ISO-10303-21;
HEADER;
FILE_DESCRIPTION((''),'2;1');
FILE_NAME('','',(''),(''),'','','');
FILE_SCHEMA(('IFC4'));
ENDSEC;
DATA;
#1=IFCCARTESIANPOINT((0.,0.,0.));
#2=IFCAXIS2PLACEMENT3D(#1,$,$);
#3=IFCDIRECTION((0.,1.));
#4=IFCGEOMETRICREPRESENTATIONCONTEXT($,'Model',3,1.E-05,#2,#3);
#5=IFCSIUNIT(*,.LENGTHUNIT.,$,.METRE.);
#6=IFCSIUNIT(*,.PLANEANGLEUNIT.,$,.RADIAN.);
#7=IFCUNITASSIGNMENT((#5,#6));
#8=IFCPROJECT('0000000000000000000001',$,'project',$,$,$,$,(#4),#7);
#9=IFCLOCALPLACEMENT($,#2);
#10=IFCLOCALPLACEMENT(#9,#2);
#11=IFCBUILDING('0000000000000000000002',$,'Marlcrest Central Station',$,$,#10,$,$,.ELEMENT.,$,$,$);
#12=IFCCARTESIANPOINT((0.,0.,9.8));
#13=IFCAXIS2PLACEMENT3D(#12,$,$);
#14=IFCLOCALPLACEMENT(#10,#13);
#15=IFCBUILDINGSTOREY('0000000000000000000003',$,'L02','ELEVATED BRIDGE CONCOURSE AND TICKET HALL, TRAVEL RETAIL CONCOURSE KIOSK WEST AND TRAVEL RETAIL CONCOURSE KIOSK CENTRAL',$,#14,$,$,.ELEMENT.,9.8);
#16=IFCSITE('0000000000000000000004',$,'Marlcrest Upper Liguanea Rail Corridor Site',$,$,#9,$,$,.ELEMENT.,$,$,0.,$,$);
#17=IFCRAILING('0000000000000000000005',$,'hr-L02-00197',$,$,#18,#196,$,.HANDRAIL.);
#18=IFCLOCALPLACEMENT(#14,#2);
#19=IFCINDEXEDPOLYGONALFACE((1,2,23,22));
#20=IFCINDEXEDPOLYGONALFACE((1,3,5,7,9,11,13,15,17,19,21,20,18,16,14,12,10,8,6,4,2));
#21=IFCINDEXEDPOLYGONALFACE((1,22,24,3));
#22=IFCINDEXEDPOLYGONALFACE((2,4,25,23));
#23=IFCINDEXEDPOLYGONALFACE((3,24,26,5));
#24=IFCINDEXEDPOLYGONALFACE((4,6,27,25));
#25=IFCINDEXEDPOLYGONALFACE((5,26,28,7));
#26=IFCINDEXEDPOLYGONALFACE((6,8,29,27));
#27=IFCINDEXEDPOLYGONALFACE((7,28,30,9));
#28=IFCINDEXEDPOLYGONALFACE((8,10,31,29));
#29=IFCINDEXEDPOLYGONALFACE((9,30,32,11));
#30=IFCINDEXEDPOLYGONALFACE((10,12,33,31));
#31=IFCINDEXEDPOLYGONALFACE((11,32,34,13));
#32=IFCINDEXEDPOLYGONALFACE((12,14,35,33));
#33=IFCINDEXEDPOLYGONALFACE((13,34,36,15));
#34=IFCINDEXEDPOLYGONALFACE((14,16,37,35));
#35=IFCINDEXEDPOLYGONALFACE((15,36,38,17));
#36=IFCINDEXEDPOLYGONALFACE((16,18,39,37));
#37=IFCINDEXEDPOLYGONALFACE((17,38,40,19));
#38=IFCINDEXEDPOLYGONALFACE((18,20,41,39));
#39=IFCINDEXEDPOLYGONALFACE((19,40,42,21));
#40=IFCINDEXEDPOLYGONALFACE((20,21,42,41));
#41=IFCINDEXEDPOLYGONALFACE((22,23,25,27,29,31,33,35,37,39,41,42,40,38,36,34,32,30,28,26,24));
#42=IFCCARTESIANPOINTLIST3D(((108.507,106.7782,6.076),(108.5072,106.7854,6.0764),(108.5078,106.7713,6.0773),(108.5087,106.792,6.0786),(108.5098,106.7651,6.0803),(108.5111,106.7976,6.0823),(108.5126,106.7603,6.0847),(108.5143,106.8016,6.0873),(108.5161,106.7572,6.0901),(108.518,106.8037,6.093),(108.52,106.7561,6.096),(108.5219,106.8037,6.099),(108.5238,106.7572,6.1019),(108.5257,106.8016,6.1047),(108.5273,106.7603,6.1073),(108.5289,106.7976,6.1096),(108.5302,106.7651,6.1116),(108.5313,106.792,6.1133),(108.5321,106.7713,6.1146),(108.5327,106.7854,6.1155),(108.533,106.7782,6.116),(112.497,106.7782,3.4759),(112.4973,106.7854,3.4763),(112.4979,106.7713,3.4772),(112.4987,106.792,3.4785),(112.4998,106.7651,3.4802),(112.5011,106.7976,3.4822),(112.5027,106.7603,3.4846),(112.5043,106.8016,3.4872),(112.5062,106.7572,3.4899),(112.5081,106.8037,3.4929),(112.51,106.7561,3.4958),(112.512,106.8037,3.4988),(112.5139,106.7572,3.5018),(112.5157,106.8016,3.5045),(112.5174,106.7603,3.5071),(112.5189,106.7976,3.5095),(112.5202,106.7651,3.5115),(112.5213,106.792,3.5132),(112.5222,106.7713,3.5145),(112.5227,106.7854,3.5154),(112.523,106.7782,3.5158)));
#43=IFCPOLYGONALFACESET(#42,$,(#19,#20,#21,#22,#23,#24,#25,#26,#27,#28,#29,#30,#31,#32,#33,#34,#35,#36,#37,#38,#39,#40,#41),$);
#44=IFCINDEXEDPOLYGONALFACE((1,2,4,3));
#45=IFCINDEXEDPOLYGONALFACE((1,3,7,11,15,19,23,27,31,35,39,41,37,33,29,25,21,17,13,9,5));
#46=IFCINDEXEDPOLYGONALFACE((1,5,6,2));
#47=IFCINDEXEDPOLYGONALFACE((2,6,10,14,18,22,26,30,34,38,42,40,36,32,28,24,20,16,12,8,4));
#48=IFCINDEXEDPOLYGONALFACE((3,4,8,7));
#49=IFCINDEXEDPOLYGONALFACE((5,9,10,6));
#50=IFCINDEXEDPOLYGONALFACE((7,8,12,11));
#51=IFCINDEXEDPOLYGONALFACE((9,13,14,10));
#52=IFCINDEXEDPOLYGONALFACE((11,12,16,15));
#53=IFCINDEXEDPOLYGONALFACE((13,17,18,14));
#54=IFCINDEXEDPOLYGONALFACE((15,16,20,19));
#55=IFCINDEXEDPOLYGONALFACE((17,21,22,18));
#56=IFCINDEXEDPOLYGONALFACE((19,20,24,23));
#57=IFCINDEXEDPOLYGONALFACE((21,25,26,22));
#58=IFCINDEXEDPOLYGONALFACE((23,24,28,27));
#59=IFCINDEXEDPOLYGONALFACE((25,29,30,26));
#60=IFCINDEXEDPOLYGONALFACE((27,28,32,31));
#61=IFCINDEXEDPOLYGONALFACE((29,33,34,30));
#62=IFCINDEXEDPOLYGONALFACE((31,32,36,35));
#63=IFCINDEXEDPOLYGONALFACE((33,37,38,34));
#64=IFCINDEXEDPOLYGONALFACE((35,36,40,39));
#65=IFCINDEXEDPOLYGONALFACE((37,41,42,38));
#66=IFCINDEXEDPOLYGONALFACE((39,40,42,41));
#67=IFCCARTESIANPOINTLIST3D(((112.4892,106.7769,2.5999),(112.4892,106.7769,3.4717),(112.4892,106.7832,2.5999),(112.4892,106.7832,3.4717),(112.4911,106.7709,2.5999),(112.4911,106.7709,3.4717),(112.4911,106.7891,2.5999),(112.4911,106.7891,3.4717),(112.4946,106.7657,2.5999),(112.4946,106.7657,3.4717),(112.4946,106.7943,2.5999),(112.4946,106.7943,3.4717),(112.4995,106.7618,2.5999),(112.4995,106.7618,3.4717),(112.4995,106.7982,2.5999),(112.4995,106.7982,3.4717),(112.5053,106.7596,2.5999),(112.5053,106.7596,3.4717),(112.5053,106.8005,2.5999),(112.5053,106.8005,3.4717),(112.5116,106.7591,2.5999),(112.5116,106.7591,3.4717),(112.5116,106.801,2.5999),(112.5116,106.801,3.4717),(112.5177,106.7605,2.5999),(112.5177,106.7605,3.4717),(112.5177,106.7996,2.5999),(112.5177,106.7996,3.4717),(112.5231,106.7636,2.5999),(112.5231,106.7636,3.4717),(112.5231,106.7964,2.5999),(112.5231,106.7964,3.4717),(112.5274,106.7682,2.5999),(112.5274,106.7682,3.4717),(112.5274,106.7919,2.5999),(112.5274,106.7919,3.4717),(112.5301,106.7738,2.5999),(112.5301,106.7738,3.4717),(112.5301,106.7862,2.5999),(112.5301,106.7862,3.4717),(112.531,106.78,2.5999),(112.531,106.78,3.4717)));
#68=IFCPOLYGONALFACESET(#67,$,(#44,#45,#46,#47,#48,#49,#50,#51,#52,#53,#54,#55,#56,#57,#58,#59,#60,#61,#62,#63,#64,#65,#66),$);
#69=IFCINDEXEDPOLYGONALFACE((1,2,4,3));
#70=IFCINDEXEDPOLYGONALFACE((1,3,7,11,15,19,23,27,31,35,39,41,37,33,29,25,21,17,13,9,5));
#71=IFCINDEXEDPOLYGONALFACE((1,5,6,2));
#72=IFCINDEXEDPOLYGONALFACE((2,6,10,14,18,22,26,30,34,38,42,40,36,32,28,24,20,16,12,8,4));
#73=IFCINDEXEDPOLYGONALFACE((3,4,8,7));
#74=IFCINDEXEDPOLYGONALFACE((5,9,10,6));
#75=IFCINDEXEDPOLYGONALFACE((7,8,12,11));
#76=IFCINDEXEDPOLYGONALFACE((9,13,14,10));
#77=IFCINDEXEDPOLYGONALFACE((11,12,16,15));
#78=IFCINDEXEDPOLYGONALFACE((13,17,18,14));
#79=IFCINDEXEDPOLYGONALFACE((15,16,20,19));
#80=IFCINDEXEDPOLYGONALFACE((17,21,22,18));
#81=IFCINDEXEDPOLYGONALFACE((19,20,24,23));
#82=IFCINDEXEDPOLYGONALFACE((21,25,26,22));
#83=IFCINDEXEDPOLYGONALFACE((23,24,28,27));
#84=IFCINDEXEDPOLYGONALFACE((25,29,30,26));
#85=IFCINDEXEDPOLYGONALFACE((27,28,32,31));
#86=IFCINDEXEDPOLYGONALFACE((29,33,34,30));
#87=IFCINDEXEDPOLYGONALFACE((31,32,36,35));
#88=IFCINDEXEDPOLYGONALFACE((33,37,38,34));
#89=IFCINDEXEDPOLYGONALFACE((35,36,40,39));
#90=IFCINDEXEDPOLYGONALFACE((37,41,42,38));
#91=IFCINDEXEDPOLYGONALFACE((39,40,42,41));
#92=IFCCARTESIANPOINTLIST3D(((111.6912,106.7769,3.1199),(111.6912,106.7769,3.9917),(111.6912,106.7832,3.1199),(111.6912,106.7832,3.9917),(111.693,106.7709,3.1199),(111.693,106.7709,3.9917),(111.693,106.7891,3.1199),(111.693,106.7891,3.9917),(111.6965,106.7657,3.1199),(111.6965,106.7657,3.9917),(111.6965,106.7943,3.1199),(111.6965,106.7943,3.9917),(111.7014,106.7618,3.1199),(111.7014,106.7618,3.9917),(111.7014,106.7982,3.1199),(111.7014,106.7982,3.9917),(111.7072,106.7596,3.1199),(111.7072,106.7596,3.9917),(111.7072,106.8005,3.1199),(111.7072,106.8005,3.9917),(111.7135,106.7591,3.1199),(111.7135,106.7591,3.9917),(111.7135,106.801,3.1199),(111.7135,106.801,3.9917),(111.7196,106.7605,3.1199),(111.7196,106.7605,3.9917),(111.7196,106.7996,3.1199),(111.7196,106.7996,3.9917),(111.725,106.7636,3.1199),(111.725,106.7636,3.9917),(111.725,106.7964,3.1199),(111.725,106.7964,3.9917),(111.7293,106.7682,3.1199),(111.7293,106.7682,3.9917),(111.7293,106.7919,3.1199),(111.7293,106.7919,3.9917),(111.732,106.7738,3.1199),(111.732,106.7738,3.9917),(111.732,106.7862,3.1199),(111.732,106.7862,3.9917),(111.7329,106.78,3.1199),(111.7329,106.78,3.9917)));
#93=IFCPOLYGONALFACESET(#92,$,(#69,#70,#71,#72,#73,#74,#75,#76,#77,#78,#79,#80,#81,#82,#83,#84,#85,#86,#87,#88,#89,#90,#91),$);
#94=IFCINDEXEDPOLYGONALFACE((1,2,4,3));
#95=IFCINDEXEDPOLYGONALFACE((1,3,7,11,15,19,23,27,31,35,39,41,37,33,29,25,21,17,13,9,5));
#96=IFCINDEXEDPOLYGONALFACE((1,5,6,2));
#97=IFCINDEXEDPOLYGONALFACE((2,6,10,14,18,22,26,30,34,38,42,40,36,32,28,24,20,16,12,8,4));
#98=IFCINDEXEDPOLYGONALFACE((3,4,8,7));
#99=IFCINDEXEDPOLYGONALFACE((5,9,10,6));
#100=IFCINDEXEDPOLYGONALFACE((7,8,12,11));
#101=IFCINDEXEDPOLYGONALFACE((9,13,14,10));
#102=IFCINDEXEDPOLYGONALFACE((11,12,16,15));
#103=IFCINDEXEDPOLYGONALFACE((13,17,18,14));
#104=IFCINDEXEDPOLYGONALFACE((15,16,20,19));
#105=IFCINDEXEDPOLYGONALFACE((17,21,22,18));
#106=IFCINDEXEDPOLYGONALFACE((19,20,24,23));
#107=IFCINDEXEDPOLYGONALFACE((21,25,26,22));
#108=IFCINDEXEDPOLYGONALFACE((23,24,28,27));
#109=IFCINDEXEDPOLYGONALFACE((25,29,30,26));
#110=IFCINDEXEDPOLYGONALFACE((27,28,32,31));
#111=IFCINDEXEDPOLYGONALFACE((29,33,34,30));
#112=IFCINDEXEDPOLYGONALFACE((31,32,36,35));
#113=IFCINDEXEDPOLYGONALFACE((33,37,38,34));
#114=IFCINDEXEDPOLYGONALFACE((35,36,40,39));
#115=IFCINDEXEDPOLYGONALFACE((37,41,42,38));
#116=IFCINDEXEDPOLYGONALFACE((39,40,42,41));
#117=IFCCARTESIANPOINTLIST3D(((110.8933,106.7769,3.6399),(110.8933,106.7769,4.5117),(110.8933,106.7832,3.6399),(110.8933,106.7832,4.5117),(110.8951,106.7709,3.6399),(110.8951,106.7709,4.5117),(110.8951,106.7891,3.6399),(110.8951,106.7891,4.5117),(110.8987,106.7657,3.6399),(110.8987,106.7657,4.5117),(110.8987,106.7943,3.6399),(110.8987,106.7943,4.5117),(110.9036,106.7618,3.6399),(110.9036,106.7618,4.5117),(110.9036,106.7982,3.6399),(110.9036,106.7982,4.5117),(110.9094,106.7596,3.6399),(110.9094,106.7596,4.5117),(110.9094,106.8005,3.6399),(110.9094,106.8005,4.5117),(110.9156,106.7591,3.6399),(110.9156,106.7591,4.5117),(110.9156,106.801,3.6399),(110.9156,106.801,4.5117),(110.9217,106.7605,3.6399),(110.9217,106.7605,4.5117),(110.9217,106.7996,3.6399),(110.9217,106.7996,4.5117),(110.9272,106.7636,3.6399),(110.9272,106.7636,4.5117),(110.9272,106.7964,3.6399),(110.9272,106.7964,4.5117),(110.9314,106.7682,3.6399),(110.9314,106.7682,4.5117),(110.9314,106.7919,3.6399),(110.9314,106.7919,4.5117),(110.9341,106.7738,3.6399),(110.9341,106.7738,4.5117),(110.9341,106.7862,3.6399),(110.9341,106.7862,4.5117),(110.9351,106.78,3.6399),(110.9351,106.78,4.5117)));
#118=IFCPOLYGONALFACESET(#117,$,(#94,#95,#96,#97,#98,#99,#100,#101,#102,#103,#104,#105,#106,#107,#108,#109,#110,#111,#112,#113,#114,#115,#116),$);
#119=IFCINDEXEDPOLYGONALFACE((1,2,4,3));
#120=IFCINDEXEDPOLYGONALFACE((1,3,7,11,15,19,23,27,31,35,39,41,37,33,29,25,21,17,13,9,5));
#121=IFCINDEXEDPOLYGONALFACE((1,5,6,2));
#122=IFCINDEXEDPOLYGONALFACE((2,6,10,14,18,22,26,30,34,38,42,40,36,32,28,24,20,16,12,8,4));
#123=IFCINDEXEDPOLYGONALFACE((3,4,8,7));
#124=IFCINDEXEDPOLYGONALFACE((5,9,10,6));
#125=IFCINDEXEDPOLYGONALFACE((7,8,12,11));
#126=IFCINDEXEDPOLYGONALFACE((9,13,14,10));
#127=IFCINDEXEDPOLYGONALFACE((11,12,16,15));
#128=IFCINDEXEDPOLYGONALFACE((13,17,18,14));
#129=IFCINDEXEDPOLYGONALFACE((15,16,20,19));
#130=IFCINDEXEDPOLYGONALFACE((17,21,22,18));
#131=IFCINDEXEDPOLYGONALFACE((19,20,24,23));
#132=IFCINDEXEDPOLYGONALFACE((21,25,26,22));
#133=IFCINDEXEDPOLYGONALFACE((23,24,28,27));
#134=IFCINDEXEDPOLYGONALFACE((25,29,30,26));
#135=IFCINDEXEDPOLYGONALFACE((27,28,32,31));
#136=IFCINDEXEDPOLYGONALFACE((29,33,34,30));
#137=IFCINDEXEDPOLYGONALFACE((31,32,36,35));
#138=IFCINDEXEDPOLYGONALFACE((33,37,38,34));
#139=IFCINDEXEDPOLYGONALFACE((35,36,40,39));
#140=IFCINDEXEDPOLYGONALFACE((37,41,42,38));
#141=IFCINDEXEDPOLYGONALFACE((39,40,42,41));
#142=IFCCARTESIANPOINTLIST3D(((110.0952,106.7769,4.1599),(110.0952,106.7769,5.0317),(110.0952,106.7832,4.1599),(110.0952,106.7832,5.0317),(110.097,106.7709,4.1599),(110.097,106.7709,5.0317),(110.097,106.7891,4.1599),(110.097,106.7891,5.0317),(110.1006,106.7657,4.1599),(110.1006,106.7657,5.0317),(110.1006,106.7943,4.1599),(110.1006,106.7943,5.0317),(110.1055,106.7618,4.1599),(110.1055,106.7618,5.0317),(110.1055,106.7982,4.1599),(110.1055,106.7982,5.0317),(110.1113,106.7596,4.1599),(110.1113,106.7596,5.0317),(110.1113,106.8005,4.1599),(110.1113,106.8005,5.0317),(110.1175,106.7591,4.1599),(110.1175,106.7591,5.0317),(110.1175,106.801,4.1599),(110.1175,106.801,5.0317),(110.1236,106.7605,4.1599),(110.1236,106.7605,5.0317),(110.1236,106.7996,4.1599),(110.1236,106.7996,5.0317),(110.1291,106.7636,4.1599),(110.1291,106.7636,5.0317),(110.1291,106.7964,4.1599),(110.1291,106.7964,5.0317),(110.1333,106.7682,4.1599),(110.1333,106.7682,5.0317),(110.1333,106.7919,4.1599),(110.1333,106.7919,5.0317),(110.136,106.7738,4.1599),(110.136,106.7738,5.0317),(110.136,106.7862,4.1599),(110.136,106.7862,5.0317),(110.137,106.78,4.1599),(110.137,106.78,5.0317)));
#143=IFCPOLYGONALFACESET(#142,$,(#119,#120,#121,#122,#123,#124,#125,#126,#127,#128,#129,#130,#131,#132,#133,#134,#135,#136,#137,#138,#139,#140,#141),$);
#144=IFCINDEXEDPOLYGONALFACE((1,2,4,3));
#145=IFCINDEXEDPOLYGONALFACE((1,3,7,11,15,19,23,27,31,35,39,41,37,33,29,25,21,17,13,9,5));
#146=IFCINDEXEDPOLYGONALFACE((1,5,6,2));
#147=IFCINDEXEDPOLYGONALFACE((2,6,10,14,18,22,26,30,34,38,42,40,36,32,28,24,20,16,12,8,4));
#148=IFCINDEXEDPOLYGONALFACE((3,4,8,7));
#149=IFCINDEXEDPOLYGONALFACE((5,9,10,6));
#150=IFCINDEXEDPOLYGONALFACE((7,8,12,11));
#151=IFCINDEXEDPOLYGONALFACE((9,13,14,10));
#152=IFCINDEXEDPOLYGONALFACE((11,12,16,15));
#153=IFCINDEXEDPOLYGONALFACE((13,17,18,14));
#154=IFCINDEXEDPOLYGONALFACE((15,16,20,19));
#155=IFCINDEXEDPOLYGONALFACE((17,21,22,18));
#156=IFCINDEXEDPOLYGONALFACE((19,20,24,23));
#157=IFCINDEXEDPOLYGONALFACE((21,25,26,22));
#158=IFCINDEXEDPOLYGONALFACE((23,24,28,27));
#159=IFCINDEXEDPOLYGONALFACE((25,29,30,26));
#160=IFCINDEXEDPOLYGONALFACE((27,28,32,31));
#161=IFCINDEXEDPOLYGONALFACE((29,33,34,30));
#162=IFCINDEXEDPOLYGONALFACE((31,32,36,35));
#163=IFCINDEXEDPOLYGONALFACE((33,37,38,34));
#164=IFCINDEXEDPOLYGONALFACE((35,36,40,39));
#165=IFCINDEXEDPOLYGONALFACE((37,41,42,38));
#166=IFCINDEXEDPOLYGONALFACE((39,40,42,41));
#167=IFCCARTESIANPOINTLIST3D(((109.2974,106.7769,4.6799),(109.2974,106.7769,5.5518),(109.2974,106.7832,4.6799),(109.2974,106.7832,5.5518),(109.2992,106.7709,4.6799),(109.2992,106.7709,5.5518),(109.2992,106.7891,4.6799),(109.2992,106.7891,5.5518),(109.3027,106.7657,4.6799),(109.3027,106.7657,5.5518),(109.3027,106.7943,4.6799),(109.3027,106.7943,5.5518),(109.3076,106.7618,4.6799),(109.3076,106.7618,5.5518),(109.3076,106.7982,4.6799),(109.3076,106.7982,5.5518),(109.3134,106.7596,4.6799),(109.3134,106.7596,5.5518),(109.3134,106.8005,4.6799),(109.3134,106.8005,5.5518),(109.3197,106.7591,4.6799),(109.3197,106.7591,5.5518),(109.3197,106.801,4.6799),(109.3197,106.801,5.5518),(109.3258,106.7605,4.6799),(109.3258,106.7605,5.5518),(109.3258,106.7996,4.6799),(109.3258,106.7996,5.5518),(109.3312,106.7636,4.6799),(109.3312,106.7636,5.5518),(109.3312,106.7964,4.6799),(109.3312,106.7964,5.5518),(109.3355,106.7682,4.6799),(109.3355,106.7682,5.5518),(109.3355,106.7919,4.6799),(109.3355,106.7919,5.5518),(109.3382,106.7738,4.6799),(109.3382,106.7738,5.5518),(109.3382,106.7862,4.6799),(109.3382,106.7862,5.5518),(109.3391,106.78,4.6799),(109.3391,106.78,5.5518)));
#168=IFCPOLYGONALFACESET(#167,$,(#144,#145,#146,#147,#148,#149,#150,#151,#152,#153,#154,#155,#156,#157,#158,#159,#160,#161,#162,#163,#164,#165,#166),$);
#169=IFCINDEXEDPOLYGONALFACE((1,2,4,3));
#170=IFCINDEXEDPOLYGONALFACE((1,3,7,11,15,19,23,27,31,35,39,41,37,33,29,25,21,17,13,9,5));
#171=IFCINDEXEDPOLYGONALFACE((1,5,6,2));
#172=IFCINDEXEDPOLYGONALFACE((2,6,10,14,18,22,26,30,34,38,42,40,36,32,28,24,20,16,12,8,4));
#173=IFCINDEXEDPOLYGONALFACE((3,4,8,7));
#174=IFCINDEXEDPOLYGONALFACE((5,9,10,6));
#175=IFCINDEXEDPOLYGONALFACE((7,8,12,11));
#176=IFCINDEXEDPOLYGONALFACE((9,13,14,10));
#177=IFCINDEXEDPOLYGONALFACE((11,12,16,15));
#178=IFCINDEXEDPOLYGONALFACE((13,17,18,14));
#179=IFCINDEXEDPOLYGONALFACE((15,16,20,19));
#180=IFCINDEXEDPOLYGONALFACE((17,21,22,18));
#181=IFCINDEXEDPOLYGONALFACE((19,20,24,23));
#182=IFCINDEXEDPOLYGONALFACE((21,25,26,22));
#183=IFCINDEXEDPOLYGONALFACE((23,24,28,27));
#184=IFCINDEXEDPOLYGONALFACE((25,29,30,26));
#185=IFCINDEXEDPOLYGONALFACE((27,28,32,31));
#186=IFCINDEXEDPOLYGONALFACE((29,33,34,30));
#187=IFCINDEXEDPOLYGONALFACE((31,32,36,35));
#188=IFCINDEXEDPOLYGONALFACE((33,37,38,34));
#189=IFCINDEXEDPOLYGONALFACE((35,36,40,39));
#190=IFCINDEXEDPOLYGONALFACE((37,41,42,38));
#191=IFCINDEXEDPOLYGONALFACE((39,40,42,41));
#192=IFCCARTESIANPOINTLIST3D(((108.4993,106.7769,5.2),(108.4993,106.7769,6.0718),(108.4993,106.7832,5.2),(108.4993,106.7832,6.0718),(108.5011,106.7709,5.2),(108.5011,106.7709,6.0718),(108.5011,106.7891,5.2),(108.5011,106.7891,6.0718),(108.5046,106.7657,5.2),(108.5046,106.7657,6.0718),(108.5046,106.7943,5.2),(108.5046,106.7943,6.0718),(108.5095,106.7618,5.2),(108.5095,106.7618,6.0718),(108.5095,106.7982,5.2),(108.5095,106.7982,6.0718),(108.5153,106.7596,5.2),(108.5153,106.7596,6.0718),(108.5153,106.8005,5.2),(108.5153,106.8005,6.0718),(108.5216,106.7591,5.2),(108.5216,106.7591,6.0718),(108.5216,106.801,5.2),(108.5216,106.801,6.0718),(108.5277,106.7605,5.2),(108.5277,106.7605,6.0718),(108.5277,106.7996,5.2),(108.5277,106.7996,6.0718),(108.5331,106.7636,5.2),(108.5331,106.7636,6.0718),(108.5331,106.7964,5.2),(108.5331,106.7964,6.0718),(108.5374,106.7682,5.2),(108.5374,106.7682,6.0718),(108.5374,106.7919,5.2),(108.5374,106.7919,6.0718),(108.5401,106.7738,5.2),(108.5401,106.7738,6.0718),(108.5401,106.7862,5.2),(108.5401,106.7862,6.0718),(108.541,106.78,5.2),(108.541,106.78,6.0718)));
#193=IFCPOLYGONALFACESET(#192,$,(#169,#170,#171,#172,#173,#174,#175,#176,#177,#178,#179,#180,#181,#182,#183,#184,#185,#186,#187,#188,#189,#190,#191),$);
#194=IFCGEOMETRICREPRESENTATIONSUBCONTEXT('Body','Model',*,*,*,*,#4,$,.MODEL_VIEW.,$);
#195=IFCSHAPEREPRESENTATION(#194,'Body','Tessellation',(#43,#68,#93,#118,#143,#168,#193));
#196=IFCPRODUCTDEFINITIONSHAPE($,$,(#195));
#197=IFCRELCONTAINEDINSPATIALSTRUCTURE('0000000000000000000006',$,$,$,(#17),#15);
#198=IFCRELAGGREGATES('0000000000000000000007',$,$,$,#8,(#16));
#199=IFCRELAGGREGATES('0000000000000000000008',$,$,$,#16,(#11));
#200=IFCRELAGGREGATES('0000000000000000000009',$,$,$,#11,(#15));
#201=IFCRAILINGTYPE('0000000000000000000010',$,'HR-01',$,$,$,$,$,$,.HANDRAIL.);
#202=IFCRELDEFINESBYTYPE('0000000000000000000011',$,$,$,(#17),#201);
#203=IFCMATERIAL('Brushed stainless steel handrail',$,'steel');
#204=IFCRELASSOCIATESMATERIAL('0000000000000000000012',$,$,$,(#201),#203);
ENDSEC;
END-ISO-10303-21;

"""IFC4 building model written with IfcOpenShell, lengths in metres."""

from ifc_helpers import new_model, si_unit, direction, frame, origin, origin_2d, place, context, subcontext, project, spatial, circle, extrude, material, type_object, element, save


model = new_model("IFC4")

# Units and contexts
model_context = context("Model", 3, precision=1e-05, world=origin(), true_north=direction((0.0, 1.0)))
body_context = subcontext(model_context, "Body", "Model", "MODEL_VIEW")
ifc_project = project(units=[si_unit("LENGTHUNIT", "METRE"), si_unit("PLANEANGLEUNIT", "RADIAN")], contexts=[model_context])

# Site, building, storey
site_placement = place(None, origin())
site = spatial("IfcSite", under=ifc_project, at=site_placement, Name="Marlcrest Upper Liguanea Rail Corridor Site", CompositionType="ELEMENT", RefElevation=0.0)
building_placement = place(site_placement, origin())
building = spatial("IfcBuilding", under=site, at=building_placement, Name="Marlcrest Central Station", CompositionType="ELEMENT")
storey_placement = place(building_placement, frame((0.0, 0.0, 9.8)))
storey = spatial("IfcBuildingStorey", under=building, at=storey_placement, Name="L02", Description="ELEVATED BRIDGE CONCOURSE AND TICKET HALL, TRAVEL RETAIL CONCOURSE KIOSK WEST AND TRAVEL RETAIL CONCOURSE KIOSK CENTRAL", CompositionType="ELEMENT", Elevation=9.8)

# Railing
ifc_material_1 = material(Name="Brushed stainless steel handrail", Category="steel")
railing_type_1 = type_object("IfcRailingType", Name="HR-01", PredefinedType="HANDRAIL", material=ifc_material_1)
railing_1_placement = place(storey_placement, frame((112.51, 106.78, 2.5999)))
element("IfcRailing", 1, at=railing_1_placement, inside=storey, type_object=railing_type_1, Name="hr-L02-00197", PredefinedType="HANDRAIL", context=body_context, shape_type="SweptSolid", body=[
    extrude(circle(Radius=0.0239, at=origin_2d()), frame((0.0, 0.0, 0.896), z_axis=(-0.837809, 0.0, 0.545963), x_axis=(0.0, -1.0, 0.0)), (0.0, 0.0, 1.0), 4.7625),
    extrude(circle(Radius=0.021, at=origin_2d()), origin(), (0.0, 0.0, 1.0), 0.8718),
    extrude(circle(Radius=0.021, at=origin_2d()), frame((-0.7981, 0.0, 0.52)), (0.0, 0.0, 1.0), 0.8718),
    extrude(circle(Radius=0.021, at=origin_2d()), frame((-1.5959, 0.0, 1.04)), (0.0, 0.0, 1.0), 0.8718),
    extrude(circle(Radius=0.021, at=origin_2d()), frame((-2.394, 0.0, 1.5601)), (0.0, 0.0, 1.0), 0.8718),
    extrude(circle(Radius=0.021, at=origin_2d()), frame((-3.1919, 0.0, 2.0801)), (0.0, 0.0, 1.0), 0.8718),
    extrude(circle(Radius=0.021, at=origin_2d()), frame((-3.99, 0.0, 2.6001)), (0.0, 0.0, 1.0), 0.8718),
])

save(model, "model.ifc")
